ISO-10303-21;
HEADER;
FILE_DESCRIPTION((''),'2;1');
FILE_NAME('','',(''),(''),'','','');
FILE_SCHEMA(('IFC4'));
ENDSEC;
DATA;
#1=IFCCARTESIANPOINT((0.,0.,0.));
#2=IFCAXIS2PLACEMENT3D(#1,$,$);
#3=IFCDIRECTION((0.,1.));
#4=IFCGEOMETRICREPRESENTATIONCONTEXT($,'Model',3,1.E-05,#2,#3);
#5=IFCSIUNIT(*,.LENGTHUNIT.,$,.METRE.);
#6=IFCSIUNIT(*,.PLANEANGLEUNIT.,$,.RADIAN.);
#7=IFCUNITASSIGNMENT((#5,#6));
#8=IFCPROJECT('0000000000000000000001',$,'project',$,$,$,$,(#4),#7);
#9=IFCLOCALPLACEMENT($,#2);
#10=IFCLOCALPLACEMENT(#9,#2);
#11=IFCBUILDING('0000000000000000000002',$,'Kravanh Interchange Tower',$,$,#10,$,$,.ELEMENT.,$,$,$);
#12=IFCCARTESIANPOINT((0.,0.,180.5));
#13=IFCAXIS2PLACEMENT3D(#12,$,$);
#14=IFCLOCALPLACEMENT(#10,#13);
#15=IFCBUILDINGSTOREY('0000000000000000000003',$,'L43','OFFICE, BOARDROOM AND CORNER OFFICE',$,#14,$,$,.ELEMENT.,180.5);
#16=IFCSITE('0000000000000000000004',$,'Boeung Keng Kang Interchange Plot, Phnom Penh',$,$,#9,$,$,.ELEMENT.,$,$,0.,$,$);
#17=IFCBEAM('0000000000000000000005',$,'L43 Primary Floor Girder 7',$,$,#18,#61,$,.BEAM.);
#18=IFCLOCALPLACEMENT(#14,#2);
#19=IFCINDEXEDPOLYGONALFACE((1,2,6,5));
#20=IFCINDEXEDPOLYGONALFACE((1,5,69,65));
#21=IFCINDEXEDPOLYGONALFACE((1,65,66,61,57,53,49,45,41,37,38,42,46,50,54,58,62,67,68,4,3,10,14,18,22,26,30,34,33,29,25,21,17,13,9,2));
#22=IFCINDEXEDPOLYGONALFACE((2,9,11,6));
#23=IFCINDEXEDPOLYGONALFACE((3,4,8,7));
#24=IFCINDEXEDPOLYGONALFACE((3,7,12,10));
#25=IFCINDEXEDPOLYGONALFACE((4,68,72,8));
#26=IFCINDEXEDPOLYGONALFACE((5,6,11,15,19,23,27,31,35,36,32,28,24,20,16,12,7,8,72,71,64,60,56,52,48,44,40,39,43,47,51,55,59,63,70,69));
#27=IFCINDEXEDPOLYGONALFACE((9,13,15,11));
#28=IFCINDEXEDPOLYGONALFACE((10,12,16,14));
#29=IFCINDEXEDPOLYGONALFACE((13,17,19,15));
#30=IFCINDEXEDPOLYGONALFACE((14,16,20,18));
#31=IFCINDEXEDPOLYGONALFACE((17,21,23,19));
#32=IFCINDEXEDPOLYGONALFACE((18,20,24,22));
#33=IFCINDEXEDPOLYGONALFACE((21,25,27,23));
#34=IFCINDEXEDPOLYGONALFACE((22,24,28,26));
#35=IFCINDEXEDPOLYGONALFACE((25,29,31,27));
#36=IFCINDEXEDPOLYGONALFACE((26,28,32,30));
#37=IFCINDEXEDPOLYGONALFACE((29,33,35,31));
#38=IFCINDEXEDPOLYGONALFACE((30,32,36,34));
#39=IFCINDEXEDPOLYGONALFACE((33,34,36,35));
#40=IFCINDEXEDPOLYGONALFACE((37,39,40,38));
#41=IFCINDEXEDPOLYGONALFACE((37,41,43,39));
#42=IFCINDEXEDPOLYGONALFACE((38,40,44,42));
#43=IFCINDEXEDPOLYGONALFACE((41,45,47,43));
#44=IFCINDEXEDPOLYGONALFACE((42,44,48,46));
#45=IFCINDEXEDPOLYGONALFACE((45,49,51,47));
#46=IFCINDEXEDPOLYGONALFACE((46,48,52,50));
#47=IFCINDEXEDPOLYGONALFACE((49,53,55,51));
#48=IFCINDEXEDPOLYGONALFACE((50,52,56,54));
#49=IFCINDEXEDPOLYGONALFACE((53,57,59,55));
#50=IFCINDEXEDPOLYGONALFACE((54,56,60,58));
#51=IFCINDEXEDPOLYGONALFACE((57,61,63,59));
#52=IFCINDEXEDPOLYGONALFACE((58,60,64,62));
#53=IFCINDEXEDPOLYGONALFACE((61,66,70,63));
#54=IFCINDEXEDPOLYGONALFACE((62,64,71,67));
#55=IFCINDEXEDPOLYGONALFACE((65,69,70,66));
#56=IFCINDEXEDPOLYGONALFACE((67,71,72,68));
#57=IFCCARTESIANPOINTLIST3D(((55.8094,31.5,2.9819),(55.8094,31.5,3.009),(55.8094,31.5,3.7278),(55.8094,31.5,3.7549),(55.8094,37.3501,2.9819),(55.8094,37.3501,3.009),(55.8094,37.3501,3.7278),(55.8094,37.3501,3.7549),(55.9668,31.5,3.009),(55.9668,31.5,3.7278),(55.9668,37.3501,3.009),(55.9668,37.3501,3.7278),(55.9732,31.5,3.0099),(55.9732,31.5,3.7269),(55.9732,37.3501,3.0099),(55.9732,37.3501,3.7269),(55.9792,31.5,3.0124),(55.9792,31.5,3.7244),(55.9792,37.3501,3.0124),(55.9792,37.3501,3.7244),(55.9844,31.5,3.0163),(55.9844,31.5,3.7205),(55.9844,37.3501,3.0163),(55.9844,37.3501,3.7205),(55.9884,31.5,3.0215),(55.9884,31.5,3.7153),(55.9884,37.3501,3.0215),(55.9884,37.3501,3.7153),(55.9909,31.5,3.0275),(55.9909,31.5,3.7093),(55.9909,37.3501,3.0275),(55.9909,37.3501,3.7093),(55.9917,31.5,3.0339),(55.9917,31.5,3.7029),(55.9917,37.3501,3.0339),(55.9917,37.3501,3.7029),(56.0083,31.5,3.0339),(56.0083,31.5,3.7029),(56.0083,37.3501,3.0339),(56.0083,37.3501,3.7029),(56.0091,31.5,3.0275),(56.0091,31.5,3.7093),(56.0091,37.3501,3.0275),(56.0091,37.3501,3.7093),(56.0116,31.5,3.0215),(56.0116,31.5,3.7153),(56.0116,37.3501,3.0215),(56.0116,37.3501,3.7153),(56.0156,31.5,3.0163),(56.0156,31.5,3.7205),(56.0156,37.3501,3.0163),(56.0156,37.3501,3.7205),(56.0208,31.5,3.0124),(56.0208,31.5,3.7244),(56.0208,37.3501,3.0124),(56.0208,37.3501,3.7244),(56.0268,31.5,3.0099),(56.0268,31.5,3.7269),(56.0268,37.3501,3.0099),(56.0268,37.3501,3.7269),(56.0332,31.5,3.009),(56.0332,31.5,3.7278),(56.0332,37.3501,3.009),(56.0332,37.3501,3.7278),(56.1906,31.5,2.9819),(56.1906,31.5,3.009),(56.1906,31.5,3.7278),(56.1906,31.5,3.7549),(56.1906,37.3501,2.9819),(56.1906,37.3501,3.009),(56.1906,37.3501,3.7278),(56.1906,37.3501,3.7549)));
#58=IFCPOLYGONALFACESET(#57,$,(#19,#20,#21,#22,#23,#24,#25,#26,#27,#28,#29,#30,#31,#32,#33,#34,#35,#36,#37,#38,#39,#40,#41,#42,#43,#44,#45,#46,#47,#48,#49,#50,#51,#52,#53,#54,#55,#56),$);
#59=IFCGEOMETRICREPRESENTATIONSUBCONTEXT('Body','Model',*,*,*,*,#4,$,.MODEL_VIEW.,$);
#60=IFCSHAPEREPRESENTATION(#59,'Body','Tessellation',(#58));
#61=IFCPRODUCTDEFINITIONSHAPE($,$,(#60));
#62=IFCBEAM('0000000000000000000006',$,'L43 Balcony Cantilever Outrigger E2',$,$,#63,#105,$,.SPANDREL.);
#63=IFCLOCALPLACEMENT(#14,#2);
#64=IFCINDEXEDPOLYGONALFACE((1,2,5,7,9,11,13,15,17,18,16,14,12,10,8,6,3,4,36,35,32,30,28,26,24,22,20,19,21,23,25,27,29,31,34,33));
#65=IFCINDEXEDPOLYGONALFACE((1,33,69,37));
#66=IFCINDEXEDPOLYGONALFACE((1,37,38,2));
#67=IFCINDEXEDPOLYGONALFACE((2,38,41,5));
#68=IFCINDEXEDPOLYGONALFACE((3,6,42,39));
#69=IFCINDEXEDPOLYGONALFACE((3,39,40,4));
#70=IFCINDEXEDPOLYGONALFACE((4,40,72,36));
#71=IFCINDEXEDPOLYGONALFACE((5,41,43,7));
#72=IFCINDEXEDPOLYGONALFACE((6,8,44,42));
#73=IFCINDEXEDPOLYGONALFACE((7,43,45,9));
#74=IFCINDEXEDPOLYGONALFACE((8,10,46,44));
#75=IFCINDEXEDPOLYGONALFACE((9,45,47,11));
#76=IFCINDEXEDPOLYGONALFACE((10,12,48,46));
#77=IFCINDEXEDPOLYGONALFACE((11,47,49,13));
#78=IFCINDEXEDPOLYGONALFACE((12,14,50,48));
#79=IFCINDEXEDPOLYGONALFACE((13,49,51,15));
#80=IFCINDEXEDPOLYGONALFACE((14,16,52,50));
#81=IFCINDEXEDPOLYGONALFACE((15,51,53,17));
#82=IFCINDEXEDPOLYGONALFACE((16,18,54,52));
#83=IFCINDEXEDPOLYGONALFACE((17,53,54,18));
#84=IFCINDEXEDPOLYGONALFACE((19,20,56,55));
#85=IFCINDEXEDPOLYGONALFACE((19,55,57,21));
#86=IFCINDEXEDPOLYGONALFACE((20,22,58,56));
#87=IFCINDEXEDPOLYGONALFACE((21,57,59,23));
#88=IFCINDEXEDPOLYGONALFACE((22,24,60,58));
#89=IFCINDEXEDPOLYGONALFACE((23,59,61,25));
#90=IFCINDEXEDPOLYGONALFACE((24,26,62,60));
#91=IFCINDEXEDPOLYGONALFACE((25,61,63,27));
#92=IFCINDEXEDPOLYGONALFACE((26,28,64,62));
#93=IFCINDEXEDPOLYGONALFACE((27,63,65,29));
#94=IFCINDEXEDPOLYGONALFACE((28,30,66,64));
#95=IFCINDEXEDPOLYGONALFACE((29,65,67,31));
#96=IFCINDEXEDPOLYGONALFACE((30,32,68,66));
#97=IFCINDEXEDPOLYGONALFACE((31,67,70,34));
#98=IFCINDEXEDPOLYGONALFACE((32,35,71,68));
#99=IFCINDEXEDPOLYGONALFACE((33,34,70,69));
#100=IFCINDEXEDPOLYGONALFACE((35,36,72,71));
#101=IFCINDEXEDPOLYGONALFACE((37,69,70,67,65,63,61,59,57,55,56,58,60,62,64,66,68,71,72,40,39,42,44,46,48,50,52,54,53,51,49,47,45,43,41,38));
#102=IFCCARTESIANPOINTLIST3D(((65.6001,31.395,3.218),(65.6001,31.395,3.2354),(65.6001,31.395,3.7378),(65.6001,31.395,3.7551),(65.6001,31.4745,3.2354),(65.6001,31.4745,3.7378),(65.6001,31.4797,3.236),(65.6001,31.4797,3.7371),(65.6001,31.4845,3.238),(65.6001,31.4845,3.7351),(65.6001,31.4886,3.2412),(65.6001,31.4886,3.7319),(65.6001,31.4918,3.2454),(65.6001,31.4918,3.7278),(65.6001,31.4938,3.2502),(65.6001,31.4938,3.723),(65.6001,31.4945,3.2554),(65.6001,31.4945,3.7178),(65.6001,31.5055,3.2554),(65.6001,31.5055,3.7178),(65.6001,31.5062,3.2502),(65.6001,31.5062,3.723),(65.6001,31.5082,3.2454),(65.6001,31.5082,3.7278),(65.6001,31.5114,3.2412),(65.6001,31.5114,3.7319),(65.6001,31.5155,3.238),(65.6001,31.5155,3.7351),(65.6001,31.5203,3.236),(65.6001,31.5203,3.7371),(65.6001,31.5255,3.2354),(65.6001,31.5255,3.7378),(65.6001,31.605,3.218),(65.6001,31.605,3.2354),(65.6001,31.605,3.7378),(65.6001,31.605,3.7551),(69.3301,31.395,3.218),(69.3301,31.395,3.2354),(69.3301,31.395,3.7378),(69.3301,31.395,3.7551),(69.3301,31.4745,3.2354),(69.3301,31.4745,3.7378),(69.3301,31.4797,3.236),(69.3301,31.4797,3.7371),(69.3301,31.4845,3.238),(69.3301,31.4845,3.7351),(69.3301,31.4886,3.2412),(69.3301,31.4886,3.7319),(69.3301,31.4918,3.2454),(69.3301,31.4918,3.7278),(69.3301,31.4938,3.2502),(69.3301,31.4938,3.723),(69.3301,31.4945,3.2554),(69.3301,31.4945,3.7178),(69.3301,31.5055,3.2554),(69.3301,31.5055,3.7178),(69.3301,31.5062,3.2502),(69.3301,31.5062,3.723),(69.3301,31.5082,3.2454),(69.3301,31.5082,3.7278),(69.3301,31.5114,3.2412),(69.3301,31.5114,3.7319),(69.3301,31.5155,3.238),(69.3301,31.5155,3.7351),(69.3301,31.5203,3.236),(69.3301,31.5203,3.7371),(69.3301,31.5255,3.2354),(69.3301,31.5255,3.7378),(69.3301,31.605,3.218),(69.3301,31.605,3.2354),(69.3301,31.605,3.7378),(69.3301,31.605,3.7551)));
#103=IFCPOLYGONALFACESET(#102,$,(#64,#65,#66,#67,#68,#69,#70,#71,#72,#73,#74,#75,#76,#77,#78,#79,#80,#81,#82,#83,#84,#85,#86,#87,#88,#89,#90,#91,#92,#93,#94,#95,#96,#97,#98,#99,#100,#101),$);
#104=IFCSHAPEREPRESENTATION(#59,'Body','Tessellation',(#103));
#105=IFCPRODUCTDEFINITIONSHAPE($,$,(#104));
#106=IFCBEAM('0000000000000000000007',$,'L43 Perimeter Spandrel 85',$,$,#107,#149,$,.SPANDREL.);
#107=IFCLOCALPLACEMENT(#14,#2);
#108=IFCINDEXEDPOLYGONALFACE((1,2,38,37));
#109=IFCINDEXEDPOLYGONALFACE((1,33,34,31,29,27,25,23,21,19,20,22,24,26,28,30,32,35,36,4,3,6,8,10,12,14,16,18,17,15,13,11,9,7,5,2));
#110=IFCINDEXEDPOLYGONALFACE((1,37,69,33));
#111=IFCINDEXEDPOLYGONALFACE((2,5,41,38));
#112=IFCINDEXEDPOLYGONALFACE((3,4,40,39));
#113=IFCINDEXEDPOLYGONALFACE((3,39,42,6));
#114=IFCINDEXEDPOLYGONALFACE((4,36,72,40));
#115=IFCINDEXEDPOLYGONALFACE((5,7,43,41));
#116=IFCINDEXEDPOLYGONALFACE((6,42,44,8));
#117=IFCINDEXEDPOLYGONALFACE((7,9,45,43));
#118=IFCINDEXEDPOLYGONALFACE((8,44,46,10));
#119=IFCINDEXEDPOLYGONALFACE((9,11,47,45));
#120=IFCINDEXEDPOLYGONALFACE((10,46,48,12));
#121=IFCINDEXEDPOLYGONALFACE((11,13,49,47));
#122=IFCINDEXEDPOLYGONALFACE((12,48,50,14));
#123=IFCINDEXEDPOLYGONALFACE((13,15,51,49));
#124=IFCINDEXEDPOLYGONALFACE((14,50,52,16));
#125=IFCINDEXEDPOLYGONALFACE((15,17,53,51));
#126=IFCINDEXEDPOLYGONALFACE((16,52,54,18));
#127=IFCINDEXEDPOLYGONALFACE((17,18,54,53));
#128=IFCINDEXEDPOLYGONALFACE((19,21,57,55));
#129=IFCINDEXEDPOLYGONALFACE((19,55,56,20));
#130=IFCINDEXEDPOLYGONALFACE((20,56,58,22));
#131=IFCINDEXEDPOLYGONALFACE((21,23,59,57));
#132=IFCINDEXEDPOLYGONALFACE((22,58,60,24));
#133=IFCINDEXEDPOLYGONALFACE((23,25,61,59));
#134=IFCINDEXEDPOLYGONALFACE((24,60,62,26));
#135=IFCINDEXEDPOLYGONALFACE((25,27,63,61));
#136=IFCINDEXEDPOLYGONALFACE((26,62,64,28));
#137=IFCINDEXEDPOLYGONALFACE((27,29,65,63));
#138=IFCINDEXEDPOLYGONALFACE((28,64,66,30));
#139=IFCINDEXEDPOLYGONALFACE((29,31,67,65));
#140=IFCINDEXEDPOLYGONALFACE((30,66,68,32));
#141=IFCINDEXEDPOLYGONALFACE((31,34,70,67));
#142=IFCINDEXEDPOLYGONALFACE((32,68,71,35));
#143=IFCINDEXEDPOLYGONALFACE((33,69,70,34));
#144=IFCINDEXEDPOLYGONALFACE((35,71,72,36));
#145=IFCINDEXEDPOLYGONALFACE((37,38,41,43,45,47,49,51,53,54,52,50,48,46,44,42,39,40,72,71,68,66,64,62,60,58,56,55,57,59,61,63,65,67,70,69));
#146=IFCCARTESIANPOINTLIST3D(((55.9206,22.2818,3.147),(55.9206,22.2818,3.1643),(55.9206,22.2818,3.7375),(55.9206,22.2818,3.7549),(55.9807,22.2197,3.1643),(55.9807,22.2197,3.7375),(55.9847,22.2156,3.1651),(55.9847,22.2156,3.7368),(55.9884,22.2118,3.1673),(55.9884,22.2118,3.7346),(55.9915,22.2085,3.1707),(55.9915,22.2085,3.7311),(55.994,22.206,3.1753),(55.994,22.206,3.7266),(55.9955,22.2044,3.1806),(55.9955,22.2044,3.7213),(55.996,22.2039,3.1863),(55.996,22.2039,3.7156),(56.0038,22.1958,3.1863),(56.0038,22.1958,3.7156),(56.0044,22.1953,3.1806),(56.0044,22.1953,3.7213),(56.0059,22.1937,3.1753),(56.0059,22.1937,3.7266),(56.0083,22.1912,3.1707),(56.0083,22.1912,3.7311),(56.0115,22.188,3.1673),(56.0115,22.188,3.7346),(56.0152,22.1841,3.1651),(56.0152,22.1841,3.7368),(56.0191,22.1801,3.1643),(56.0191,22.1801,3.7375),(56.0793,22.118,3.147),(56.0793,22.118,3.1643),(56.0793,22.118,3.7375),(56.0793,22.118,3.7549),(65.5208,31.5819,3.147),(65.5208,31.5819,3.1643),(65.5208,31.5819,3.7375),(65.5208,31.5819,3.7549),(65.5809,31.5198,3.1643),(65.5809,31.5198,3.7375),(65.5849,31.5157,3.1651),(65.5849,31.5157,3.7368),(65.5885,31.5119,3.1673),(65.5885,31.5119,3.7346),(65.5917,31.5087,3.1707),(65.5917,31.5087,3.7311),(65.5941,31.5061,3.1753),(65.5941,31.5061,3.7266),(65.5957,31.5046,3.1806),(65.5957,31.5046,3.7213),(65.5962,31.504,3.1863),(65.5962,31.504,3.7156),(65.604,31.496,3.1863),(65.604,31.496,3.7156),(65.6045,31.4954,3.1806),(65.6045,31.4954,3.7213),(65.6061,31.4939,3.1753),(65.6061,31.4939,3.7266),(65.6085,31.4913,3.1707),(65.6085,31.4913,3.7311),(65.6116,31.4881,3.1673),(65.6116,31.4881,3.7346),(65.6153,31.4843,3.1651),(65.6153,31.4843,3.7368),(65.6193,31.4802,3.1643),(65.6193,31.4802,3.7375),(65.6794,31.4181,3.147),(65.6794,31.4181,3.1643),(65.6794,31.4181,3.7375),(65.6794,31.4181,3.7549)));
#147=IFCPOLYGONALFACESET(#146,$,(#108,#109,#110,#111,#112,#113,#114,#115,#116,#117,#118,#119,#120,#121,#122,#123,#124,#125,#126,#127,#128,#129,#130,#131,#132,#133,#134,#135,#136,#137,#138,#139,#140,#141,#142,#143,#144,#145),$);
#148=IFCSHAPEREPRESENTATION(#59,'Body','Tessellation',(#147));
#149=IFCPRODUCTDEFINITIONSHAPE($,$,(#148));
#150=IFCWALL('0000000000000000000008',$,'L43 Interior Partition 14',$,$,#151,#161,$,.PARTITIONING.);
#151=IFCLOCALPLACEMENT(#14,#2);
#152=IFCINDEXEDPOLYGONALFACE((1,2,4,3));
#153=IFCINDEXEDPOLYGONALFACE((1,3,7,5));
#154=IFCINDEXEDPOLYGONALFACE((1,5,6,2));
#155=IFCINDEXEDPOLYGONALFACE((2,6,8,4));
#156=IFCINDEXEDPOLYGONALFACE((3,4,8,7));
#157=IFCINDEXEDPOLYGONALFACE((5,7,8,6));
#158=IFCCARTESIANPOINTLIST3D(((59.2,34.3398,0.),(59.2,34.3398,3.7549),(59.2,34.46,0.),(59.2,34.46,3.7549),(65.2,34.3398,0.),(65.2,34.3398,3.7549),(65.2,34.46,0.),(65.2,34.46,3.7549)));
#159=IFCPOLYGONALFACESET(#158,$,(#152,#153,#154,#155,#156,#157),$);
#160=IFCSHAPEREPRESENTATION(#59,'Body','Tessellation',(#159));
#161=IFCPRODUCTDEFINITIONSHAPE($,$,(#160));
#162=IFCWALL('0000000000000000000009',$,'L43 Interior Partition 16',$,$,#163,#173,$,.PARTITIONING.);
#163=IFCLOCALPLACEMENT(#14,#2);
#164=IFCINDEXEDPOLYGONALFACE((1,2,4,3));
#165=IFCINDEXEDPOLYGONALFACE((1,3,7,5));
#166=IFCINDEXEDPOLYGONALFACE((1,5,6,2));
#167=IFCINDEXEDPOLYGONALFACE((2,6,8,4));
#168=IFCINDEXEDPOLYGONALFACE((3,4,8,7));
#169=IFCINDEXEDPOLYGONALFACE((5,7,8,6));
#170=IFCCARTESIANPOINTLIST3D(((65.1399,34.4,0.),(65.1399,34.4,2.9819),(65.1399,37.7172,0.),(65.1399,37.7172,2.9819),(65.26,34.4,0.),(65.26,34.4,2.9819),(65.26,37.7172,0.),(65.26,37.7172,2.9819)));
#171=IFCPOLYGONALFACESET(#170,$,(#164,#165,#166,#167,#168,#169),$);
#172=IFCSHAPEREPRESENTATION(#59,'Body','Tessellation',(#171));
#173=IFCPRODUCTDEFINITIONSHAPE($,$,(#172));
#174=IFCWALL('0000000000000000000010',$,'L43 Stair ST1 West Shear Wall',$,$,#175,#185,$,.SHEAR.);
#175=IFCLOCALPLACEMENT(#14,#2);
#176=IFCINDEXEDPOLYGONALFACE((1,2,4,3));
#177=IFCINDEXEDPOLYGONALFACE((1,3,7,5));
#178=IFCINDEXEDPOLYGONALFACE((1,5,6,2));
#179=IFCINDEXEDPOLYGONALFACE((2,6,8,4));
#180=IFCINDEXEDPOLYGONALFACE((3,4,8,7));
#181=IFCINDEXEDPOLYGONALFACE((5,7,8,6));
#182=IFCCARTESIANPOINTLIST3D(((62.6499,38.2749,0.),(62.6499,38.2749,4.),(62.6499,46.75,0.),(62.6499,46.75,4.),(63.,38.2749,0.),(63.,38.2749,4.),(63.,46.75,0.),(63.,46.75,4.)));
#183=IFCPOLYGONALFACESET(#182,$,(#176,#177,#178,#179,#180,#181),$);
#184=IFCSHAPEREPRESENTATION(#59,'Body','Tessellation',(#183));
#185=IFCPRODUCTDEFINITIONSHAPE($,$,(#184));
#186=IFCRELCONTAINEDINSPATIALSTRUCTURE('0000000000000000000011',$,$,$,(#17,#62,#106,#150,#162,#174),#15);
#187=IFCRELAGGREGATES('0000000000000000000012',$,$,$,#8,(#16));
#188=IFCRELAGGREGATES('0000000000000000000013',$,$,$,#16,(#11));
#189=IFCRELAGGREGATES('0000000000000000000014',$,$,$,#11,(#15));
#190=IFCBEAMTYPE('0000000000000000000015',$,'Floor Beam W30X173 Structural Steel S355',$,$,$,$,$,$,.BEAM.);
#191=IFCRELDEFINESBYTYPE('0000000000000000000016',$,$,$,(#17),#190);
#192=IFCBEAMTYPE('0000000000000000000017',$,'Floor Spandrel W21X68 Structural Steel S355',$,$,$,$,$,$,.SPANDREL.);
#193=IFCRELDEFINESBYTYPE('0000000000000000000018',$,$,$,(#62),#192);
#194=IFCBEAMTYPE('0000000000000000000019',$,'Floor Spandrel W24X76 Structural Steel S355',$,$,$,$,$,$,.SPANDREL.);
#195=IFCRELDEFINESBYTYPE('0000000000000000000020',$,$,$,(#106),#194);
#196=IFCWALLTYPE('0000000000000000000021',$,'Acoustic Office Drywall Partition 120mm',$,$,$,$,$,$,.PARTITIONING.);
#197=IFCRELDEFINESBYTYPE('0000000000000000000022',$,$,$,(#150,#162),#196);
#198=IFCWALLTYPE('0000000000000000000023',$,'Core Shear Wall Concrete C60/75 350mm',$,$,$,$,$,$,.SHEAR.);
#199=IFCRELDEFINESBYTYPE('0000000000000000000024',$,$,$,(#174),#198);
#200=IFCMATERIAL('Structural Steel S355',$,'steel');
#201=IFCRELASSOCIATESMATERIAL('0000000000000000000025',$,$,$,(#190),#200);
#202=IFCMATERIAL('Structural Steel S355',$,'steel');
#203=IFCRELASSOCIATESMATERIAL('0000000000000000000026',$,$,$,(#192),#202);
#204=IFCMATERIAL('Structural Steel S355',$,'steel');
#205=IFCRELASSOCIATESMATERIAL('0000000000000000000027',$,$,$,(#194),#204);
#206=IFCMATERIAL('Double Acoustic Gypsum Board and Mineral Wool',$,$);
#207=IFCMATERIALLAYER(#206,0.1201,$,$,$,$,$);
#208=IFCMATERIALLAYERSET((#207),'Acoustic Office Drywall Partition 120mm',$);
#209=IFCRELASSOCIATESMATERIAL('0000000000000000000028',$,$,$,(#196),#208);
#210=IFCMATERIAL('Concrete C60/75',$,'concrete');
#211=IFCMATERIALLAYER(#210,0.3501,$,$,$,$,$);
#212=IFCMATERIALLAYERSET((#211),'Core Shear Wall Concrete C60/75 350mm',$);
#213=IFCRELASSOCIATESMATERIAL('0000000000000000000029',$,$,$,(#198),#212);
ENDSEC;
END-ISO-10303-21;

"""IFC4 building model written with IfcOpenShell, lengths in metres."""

from ifc_helpers import new_model, si_unit, direction, frame, frame_2d, origin, origin_2d, place, context, subcontext, project, spatial, rectangle, i_section, extrude, material, layer, layer_set, material_profile, profile_set, type_object, element, save


model = new_model("IFC4")

# Units and contexts
model_context = context("Model", 3, precision=1e-05, world=origin(), true_north=direction((0.0, 1.0)))
body_context = subcontext(model_context, "Body", "Model", "MODEL_VIEW")
ifc_project = project(units=[si_unit("LENGTHUNIT", "METRE"), si_unit("PLANEANGLEUNIT", "RADIAN")], contexts=[model_context])

# Site, building, storey
site_placement = place(None, origin())
site = spatial("IfcSite", under=ifc_project, at=site_placement, Name="Boeung Keng Kang Interchange Plot, Phnom Penh", CompositionType="ELEMENT", RefElevation=0.0)
building_placement = place(site_placement, origin())
building = spatial("IfcBuilding", under=site, at=building_placement, Name="Kravanh Interchange Tower", CompositionType="ELEMENT")
storey_placement = place(building_placement, frame((0.0, 0.0, 180.5)))
storey = spatial("IfcBuildingStorey", under=building, at=storey_placement, Name="L43", Description="OFFICE, BOARDROOM AND CORNER OFFICE", CompositionType="ELEMENT", Elevation=180.5)

# Beams
ifc_material_1 = material(Name="Structural Steel S355", Category="steel")
ifc_material_profile_1 = material_profile(ifc_material_1, i_section(OverallWidth=0.3811, OverallDepth=0.7729, WebThickness=0.0166, FlangeThickness=0.0271, FilletRadius=0.0249, at=origin_2d()), Name="W30X173")
ifc_profile_set_1 = profile_set([ifc_material_profile_1], Name="Structural Steel S355")
beam_type_1 = type_object("IfcBeamType", Name="Floor Beam W30X173 Structural Steel S355", PredefinedType="BEAM", material=ifc_profile_set_1)
beam_1_placement = place(storey_placement, frame((56.0, 37.3501, 3.3684), z_axis=(0.0, -1.0, 0.0), x_axis=(1.0, 0.0, 0.0)))
element("IfcBeam", 1, at=beam_1_placement, inside=storey, type_object=beam_type_1, Name="L43 Primary Floor Girder 7", PredefinedType="BEAM", context=body_context, shape_type="SweptSolid", body=[
    extrude(i_section(OverallWidth=0.3811, OverallDepth=0.7729, WebThickness=0.0166, FlangeThickness=0.0271, FilletRadius=0.0249, at=origin_2d()), origin(), (0.0, 0.0, 1.0), 5.8501),
])
ifc_material_2 = material(Name="Structural Steel S355", Category="steel")
ifc_material_profile_2 = material_profile(ifc_material_2, i_section(OverallWidth=0.21, OverallDepth=0.5371, WebThickness=0.011, FlangeThickness=0.0173, FilletRadius=0.02, at=origin_2d()), Name="W21X68")
ifc_profile_set_2 = profile_set([ifc_material_profile_2], Name="Structural Steel S355")
beam_type_2 = type_object("IfcBeamType", Name="Floor Spandrel W21X68 Structural Steel S355", PredefinedType="SPANDREL", material=ifc_profile_set_2)
beam_2_placement = place(storey_placement, frame((65.6001, 31.5, 3.4866), z_axis=(1.0, 0.0, 0.0), x_axis=(0.0, 1.0, 0.0)))
element("IfcBeam", 2, at=beam_2_placement, inside=storey, type_object=beam_type_2, Name="L43 Balcony Cantilever Outrigger E2", PredefinedType="SPANDREL", context=body_context, shape_type="SweptSolid", body=[
    extrude(i_section(OverallWidth=0.21, OverallDepth=0.5371, WebThickness=0.011, FlangeThickness=0.0173, FilletRadius=0.02, at=origin_2d()), origin(), (0.0, 0.0, 1.0), 3.73),
])
ifc_material_3 = material(Name="Structural Steel S355", Category="steel")
ifc_material_profile_3 = material_profile(ifc_material_3, i_section(OverallWidth=0.228, OverallDepth=0.6079, WebThickness=0.0112, FlangeThickness=0.0173, FilletRadius=0.022, at=origin_2d()), Name="W24X76")
ifc_profile_set_3 = profile_set([ifc_material_profile_3], Name="Structural Steel S355")
beam_type_3 = type_object("IfcBeamType", Name="Floor Spandrel W24X76 Structural Steel S355", PredefinedType="SPANDREL", material=ifc_profile_set_3)
beam_3_placement = place(storey_placement, frame((65.6001, 31.5, 3.4509), z_axis=(-0.718242, -0.695793, 0.0), x_axis=(0.695793, -0.718242, 0.0)))
element("IfcBeam", 3, at=beam_3_placement, inside=storey, type_object=beam_type_3, Name="L43 Perimeter Spandrel 85", PredefinedType="SPANDREL", context=body_context, shape_type="SweptSolid", body=[
    extrude(i_section(OverallWidth=0.228, OverallDepth=0.6079, WebThickness=0.0112, FlangeThickness=0.0173, FilletRadius=0.022, at=origin_2d()), origin(), (0.0, 0.0, 1.0), 13.3662),
])

# Walls
ifc_material_4 = material(Name="Double Acoustic Gypsum Board and Mineral Wool")
ifc_layer_1 = layer(ifc_material_4, 0.1201)
ifc_layer_set_1 = layer_set([ifc_layer_1], Name="Acoustic Office Drywall Partition 120mm")
wall_type_1 = type_object("IfcWallType", Name="Acoustic Office Drywall Partition 120mm", PredefinedType="PARTITIONING", material=ifc_layer_set_1)
wall_1_placement = place(storey_placement, frame((59.2, 34.3999, 0.0), z_axis=(0.0, 0.0, 1.0), x_axis=(1.0, 0.0, 0.0)))
element("IfcWall", 4, at=wall_1_placement, inside=storey, type_object=wall_type_1, Name="L43 Interior Partition 14", PredefinedType="PARTITIONING", context=body_context, shape_type="SweptSolid", body=[
    extrude(rectangle(XDim=6.0, YDim=0.1201, at=frame_2d((3.0, 0.0))), origin(), (0.0, 0.0, 1.0), 3.7549),
])
wall_2_placement = place(storey_placement, frame((65.2, 34.3999, 0.0), z_axis=(0.0, 0.0, 1.0), x_axis=(0.0, 1.0, 0.0)))
element("IfcWall", 5, at=wall_2_placement, inside=storey, type_object=wall_type_1, Name="L43 Interior Partition 16", PredefinedType="PARTITIONING", context=body_context, shape_type="SweptSolid", body=[
    extrude(rectangle(XDim=3.3171, YDim=0.1201, at=frame_2d((1.6587, 0.0))), origin(), (0.0, 0.0, 1.0), 2.9819),
])
ifc_material_5 = material(Name="Concrete C60/75", Category="concrete")
ifc_layer_2 = layer(ifc_material_5, 0.3501)
ifc_layer_set_2 = layer_set([ifc_layer_2], Name="Core Shear Wall Concrete C60/75 350mm")
wall_type_2 = type_object("IfcWallType", Name="Core Shear Wall Concrete C60/75 350mm", PredefinedType="SHEAR", material=ifc_layer_set_2)
for number, where, z_axis, x_axis, name in (
    (6, (62.825, 38.2749, 0.0), (0.0, 0.0, 1.0), (0.0, 1.0, 0.0), "L43 Stair ST1 West Shear Wall"),
):
    element("IfcWall", number, at=place(storey_placement, frame(where, z_axis=z_axis, x_axis=x_axis)), inside=storey, type_object=wall_type_2, Name=name, PredefinedType="SHEAR", context=body_context, shape_type="SweptSolid", body=[
        extrude(rectangle(XDim=8.4751, YDim=0.3501, at=frame_2d((4.2375, 0.0))), origin(), (0.0, 0.0, 1.0), 4.0),
    ])

save(model, "model.ifc")
